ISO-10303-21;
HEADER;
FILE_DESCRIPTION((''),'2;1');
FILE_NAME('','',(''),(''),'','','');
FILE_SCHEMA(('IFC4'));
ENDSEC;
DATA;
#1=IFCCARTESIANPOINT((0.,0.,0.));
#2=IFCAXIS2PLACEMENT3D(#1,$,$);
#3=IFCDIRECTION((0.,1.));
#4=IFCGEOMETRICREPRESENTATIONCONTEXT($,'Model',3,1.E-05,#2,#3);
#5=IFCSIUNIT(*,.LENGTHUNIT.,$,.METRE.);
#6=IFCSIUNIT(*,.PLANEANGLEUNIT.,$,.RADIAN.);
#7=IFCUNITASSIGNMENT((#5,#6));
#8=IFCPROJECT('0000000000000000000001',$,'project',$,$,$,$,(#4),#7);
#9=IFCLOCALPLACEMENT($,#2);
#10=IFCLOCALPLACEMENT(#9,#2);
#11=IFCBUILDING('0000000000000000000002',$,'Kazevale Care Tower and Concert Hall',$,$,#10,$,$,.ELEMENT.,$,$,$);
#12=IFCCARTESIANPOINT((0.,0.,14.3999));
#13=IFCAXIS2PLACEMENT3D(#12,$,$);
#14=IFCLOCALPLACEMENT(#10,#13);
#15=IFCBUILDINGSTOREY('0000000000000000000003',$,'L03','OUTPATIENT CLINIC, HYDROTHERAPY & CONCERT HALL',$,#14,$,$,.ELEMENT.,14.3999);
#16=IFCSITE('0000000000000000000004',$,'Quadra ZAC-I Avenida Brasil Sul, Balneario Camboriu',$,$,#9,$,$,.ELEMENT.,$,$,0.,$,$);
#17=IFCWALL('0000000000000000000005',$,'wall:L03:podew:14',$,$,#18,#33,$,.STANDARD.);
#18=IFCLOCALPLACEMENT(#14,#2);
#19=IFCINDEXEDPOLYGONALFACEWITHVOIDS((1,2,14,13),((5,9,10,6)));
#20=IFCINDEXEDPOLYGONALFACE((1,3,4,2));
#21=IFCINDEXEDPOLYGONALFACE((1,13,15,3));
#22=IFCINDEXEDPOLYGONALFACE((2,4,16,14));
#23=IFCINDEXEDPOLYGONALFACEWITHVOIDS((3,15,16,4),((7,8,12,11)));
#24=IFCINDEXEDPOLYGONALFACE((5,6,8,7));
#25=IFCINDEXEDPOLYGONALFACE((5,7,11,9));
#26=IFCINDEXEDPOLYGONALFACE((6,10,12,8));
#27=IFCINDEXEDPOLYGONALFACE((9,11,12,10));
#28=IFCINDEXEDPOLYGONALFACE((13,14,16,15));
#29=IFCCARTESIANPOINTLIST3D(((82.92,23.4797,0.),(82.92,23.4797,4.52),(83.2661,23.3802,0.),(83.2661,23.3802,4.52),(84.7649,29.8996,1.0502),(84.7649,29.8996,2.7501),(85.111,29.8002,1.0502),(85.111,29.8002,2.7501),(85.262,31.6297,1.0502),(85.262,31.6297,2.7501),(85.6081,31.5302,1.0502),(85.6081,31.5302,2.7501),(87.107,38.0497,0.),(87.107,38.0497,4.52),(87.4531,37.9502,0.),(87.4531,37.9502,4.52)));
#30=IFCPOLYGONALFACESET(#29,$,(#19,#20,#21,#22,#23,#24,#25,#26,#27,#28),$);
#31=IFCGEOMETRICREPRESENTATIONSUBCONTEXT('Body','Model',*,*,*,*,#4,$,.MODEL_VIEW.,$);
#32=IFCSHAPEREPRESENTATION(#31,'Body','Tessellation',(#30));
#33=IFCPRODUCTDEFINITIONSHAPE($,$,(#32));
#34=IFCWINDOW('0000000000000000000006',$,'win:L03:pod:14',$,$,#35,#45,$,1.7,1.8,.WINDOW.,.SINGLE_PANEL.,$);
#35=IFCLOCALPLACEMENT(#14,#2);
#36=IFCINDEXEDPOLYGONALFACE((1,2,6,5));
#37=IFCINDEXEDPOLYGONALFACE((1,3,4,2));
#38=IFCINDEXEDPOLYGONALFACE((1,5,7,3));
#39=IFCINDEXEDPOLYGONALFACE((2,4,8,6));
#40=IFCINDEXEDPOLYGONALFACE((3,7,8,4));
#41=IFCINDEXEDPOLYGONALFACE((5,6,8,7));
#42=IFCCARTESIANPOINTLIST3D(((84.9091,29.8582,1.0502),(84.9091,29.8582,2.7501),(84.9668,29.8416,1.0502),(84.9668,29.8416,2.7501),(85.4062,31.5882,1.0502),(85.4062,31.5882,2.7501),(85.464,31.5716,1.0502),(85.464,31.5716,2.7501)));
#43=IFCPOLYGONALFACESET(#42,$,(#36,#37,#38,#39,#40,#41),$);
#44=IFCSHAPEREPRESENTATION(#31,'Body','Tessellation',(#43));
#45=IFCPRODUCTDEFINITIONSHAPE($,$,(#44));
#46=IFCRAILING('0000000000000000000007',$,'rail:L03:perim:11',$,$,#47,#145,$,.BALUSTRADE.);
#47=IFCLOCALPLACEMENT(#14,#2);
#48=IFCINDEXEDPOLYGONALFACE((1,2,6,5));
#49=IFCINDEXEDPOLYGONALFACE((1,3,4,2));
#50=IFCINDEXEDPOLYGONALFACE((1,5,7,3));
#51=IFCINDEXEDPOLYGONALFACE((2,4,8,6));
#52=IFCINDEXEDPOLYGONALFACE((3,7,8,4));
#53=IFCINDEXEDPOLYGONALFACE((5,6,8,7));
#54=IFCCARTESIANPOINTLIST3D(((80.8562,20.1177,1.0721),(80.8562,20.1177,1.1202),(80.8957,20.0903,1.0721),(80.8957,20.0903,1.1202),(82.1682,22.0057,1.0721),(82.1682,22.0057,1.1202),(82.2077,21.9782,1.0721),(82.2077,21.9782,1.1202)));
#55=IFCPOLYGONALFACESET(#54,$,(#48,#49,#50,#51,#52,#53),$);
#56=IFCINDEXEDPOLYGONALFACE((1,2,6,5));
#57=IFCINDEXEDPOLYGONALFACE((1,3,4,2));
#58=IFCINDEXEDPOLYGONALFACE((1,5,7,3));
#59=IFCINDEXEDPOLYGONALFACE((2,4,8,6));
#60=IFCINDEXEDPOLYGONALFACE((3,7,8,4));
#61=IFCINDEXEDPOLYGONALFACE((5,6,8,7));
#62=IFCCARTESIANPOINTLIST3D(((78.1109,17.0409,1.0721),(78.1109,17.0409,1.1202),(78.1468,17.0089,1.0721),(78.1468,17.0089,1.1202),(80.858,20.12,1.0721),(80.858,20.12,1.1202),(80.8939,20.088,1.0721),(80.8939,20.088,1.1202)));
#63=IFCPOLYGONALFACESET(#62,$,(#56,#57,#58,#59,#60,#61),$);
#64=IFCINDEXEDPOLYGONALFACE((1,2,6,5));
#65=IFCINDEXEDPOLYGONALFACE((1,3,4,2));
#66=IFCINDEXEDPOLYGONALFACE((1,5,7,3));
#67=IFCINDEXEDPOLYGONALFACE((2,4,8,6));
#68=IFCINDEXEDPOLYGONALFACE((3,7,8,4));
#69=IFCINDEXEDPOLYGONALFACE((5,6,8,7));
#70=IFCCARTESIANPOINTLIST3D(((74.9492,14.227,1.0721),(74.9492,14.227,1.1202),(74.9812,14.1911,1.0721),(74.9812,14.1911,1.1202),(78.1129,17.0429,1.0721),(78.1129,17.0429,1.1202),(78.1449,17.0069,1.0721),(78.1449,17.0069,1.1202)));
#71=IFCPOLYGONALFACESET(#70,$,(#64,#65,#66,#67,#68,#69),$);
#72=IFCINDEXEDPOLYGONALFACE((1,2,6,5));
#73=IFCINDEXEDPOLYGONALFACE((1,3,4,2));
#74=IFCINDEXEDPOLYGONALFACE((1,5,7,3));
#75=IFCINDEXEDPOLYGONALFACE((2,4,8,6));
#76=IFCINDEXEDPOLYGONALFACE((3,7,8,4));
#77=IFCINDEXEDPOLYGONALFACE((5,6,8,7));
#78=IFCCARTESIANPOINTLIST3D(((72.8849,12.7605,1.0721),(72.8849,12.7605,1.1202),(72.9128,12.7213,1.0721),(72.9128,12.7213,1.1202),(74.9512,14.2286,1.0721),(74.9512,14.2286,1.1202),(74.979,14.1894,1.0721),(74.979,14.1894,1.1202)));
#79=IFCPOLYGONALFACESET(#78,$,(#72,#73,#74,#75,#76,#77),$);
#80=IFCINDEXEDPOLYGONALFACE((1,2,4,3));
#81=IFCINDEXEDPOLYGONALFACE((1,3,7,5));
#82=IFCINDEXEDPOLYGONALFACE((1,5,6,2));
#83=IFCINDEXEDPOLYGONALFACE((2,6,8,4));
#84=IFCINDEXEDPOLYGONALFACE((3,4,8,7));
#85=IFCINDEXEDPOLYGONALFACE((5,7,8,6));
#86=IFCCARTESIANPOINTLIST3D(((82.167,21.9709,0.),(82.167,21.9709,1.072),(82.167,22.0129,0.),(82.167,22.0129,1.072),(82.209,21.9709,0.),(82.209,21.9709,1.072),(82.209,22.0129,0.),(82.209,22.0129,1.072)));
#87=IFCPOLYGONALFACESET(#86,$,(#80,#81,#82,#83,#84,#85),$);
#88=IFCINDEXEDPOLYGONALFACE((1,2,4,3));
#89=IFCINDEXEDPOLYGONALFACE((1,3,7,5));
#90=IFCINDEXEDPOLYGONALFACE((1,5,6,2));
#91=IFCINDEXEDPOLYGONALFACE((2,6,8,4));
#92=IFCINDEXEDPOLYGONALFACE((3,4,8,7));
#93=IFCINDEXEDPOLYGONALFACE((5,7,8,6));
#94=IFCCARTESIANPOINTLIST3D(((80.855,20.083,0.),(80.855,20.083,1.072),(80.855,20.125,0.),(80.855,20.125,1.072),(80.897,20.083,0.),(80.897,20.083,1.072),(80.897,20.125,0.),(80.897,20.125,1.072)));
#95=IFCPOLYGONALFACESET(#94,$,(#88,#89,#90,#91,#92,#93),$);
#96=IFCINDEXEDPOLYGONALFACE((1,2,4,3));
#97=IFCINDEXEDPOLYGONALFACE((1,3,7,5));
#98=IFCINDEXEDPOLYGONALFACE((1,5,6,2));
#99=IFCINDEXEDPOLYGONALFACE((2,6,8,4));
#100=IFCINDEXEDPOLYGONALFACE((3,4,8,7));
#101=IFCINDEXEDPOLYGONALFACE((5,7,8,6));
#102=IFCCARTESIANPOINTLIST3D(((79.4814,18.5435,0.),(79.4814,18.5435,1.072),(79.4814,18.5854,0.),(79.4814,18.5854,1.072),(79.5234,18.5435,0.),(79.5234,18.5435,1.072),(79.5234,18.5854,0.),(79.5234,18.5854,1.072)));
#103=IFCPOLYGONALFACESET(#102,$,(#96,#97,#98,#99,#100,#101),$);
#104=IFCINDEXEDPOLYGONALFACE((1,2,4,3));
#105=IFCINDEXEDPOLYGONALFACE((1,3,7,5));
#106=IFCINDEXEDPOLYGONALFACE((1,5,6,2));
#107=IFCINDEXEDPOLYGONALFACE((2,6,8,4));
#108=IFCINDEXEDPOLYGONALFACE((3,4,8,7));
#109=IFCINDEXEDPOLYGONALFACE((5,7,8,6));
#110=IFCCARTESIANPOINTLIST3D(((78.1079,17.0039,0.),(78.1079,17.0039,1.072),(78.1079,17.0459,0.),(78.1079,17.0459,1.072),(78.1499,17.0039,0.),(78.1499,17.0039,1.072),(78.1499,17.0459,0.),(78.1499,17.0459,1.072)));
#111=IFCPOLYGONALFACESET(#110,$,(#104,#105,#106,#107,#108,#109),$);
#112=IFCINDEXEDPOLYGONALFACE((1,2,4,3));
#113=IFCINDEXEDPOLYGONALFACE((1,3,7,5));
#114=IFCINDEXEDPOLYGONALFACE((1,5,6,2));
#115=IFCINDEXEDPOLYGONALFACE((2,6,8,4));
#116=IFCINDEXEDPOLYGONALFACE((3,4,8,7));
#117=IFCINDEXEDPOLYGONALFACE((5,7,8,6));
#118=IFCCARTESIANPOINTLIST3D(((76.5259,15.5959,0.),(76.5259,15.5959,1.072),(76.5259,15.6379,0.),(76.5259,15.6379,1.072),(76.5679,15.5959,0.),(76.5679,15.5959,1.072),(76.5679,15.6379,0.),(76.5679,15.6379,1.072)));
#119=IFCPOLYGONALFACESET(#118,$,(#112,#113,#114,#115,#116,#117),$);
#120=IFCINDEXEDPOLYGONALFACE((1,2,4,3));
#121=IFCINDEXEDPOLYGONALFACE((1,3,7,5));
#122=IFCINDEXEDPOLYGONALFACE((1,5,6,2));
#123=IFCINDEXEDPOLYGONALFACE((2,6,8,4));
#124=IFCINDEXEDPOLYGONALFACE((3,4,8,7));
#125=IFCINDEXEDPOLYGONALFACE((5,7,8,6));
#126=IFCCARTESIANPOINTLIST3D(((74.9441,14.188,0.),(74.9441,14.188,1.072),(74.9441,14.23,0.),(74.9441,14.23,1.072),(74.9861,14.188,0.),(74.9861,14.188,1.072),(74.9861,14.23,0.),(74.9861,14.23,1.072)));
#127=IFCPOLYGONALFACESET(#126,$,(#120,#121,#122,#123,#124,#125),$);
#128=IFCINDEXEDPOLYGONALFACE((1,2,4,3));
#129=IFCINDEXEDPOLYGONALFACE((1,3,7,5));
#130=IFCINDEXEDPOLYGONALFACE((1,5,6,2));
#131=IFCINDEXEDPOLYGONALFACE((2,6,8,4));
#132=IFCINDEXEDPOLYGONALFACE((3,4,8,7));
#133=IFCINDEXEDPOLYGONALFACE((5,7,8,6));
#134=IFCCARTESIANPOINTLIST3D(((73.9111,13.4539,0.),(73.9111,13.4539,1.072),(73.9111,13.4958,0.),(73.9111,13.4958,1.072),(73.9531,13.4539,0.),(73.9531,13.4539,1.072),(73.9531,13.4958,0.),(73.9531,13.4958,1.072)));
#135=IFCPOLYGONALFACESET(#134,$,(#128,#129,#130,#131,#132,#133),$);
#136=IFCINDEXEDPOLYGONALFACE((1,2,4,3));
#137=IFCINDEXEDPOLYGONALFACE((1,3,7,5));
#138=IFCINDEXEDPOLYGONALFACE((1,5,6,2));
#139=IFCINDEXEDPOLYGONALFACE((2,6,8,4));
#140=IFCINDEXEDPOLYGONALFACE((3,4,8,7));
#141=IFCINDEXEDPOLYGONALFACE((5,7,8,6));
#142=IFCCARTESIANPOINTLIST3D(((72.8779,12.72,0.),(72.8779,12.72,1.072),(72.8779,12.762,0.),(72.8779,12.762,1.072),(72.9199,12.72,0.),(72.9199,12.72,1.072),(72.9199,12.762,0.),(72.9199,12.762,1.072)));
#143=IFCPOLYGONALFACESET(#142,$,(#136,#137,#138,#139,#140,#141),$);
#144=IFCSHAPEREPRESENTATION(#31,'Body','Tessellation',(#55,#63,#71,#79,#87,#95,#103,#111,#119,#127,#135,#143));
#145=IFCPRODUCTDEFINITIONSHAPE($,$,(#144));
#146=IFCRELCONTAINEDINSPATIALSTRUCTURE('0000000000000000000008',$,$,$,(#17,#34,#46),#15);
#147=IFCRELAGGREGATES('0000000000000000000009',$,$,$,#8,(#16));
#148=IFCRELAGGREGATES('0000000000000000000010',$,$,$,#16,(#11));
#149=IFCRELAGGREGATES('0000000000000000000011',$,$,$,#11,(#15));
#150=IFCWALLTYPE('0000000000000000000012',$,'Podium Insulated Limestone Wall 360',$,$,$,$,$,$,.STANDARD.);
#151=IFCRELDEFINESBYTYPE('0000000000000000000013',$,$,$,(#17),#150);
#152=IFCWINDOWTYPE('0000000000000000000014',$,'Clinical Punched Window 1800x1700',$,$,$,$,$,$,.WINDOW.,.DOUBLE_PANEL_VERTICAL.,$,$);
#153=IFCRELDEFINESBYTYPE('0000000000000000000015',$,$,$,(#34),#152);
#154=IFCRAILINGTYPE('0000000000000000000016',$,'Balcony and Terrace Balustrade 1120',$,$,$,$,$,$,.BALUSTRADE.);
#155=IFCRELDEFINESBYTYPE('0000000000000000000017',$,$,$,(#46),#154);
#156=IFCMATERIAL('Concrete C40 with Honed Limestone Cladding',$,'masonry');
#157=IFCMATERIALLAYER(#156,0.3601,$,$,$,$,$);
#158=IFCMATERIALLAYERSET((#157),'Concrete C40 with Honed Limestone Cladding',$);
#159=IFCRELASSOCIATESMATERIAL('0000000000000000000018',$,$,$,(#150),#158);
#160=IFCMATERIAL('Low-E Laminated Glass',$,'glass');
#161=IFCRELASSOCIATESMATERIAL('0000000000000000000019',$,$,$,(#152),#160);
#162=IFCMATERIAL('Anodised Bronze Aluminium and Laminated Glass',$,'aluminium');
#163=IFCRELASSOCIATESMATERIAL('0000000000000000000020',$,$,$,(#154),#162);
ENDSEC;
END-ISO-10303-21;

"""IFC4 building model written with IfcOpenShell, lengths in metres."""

from ifc_helpers import new_model, si_unit, direction, frame, frame_2d, origin, origin_2d, place, context, subcontext, project, spatial, rectangle, extrude, material, layer, layer_set, type_object, element, fill, save


model = new_model("IFC4")

# Units and contexts
model_context = context("Model", 3, precision=1e-05, world=origin(), true_north=direction((0.0, 1.0)))
body_context = subcontext(model_context, "Body", "Model", "MODEL_VIEW")
ifc_project = project(units=[si_unit("LENGTHUNIT", "METRE"), si_unit("PLANEANGLEUNIT", "RADIAN")], contexts=[model_context])

# Site, building, storey
site_placement = place(None, origin())
site = spatial("IfcSite", under=ifc_project, at=site_placement, Name="Quadra ZAC-I Avenida Brasil Sul, Balneario Camboriu", CompositionType="ELEMENT", RefElevation=0.0)
building_placement = place(site_placement, origin())
building = spatial("IfcBuilding", under=site, at=building_placement, Name="Kazevale Care Tower and Concert Hall", CompositionType="ELEMENT")
storey_placement = place(building_placement, frame((0.0, 0.0, 14.3999)))
storey = spatial("IfcBuildingStorey", under=building, at=storey_placement, Name="L03", Description="OUTPATIENT CLINIC, HYDROTHERAPY & CONCERT HALL", CompositionType="ELEMENT", Elevation=14.3999)

# Shared definitions
ifc_material_1 = material(Name="Low-E Laminated Glass", Category="glass")

# Shared definitions
ifc_material_2 = material(Name="Concrete C40 with Honed Limestone Cladding", Category="masonry")

# Wall, opening, window
ifc_layer_1 = layer(ifc_material_2, 0.3601)
ifc_layer_set_1 = layer_set([ifc_layer_1], Name="Concrete C40 with Honed Limestone Cladding")
wall_type_1 = type_object("IfcWallType", Name="Podium Insulated Limestone Wall 360", PredefinedType="STANDARD", material=ifc_layer_set_1)
wall_1_placement = place(storey_placement, frame((83.093, 23.4299, 0.0), z_axis=(0.0, 0.0, 1.0), x_axis=(0.276193, 0.961102, 0.0)))
wall_1 = element("IfcWall", 1, at=wall_1_placement, inside=storey, type_object=wall_type_1, Name="wall:L03:podew:14", PredefinedType="STANDARD", context=body_context, shape_type="SweptSolid", body=[
    extrude(rectangle(XDim=15.1597, YDim=0.3601, at=frame_2d((7.5798, 0.0))), origin(), (0.0, 0.0, 1.0), 4.52),
])
opening_placement = place(wall_1_placement, frame((6.6799, 0.0, 1.05)))
opening = element("IfcOpeningElement", 2, at=opening_placement, cuts=wall_1, PredefinedType="OPENING", context=body_context, shape_type="SweptSolid", body=[
    extrude(rectangle(XDim=1.8, YDim=1.7, at=frame_2d((0.8999, 0.8501))), frame((0.0, 0.1899, 0.0), z_axis=(0.0, -1.0, 0.0), x_axis=(1.0, 0.0, 0.0)), (0.0, 0.0, 1.0), 0.3801),
])
window_type = type_object("IfcWindowType", Name="Clinical Punched Window 1800x1700", PartitioningType="DOUBLE_PANEL_VERTICAL", PredefinedType="WINDOW", material=ifc_material_1)
window_placement = place(opening_placement, origin())
window = element("IfcWindow", 3, at=window_placement, inside=storey, type_object=window_type, Name="win:L03:pod:14", OverallHeight=1.7, OverallWidth=1.8, PartitioningType="SINGLE_PANEL", PredefinedType="WINDOW", context=body_context, shape_type="SweptSolid", body=[
    extrude(rectangle(XDim=1.8, YDim=1.7, at=frame_2d((0.8999, 0.8501))), frame((0.0, 0.03, 0.0), z_axis=(0.0, -1.0, 0.0), x_axis=(1.0, 0.0, 0.0)), (0.0, 0.0, 1.0), 0.0601),
])
fill(opening, window)

# Railing
ifc_material_3 = material(Name="Anodised Bronze Aluminium and Laminated Glass", Category="aluminium")
railing_type = type_object("IfcRailingType", Name="Balcony and Terrace Balustrade 1120", PredefinedType="BALUSTRADE", material=ifc_material_3)
railing_1_placement = place(storey_placement, frame((82.188, 21.9919, 0.0)))
element("IfcRailing", 4, at=railing_1_placement, inside=storey, type_object=railing_type, Name="rail:L03:perim:11", PredefinedType="BALUSTRADE", context=body_context, shape_type="SweptSolid", body=[
    extrude(rectangle(XDim=0.0481, YDim=0.0481, at=origin_2d()), frame((0.0, 0.0, 1.0962), z_axis=(-0.570672, -0.821178, 0.0), x_axis=(0.821178, -0.570672, 0.0)), (0.0, 0.0, 1.0), 2.2991),
    extrude(rectangle(XDim=0.0481, YDim=0.0481, at=origin_2d()), frame((-1.312, -1.8879, 1.0962), z_axis=(-0.665729, -0.746194, 0.0), x_axis=(0.746194, -0.665729, 0.0)), (0.0, 0.0, 1.0), 4.1265),
    extrude(rectangle(XDim=0.0481, YDim=0.0481, at=origin_2d()), frame((-4.0591, -4.967, 1.0962), z_axis=(-0.746983, -0.664843, 0.0), x_axis=(0.664843, -0.746983, 0.0)), (0.0, 0.0, 1.0), 4.2354),
    extrude(rectangle(XDim=0.0481, YDim=0.0481, at=origin_2d()), frame((-7.2229, -7.783, 1.0962), z_axis=(-0.815189, -0.579195, 0.0), x_axis=(0.579195, -0.815189, 0.0)), (0.0, 0.0, 1.0), 2.5347),
    extrude(rectangle(XDim=0.042, YDim=0.042, at=origin_2d()), origin(), (0.0, 0.0, 1.0), 1.072),
    extrude(rectangle(XDim=0.042, YDim=0.042, at=origin_2d()), frame((-1.312, -1.8879, 0.0)), (0.0, 0.0, 1.0), 1.072),
    extrude(rectangle(XDim=0.042, YDim=0.042, at=origin_2d()), frame((-2.6855, -3.4275, 0.0)), (0.0, 0.0, 1.0), 1.072),
    extrude(rectangle(XDim=0.042, YDim=0.042, at=origin_2d()), frame((-4.0591, -4.967, 0.0)), (0.0, 0.0, 1.0), 1.072),
    extrude(rectangle(XDim=0.042, YDim=0.042, at=origin_2d()), frame((-5.6411, -6.375, 0.0)), (0.0, 0.0, 1.0), 1.072),
    extrude(rectangle(XDim=0.042, YDim=0.042, at=origin_2d()), frame((-7.2229, -7.783, 0.0)), (0.0, 0.0, 1.0), 1.072),
    extrude(rectangle(XDim=0.042, YDim=0.042, at=origin_2d()), frame((-8.2559, -8.5171, 0.0)), (0.0, 0.0, 1.0), 1.072),
    extrude(rectangle(XDim=0.042, YDim=0.042, at=origin_2d()), frame((-9.2891, -9.251, 0.0)), (0.0, 0.0, 1.0), 1.072),
])

save(model, "model.ifc")
